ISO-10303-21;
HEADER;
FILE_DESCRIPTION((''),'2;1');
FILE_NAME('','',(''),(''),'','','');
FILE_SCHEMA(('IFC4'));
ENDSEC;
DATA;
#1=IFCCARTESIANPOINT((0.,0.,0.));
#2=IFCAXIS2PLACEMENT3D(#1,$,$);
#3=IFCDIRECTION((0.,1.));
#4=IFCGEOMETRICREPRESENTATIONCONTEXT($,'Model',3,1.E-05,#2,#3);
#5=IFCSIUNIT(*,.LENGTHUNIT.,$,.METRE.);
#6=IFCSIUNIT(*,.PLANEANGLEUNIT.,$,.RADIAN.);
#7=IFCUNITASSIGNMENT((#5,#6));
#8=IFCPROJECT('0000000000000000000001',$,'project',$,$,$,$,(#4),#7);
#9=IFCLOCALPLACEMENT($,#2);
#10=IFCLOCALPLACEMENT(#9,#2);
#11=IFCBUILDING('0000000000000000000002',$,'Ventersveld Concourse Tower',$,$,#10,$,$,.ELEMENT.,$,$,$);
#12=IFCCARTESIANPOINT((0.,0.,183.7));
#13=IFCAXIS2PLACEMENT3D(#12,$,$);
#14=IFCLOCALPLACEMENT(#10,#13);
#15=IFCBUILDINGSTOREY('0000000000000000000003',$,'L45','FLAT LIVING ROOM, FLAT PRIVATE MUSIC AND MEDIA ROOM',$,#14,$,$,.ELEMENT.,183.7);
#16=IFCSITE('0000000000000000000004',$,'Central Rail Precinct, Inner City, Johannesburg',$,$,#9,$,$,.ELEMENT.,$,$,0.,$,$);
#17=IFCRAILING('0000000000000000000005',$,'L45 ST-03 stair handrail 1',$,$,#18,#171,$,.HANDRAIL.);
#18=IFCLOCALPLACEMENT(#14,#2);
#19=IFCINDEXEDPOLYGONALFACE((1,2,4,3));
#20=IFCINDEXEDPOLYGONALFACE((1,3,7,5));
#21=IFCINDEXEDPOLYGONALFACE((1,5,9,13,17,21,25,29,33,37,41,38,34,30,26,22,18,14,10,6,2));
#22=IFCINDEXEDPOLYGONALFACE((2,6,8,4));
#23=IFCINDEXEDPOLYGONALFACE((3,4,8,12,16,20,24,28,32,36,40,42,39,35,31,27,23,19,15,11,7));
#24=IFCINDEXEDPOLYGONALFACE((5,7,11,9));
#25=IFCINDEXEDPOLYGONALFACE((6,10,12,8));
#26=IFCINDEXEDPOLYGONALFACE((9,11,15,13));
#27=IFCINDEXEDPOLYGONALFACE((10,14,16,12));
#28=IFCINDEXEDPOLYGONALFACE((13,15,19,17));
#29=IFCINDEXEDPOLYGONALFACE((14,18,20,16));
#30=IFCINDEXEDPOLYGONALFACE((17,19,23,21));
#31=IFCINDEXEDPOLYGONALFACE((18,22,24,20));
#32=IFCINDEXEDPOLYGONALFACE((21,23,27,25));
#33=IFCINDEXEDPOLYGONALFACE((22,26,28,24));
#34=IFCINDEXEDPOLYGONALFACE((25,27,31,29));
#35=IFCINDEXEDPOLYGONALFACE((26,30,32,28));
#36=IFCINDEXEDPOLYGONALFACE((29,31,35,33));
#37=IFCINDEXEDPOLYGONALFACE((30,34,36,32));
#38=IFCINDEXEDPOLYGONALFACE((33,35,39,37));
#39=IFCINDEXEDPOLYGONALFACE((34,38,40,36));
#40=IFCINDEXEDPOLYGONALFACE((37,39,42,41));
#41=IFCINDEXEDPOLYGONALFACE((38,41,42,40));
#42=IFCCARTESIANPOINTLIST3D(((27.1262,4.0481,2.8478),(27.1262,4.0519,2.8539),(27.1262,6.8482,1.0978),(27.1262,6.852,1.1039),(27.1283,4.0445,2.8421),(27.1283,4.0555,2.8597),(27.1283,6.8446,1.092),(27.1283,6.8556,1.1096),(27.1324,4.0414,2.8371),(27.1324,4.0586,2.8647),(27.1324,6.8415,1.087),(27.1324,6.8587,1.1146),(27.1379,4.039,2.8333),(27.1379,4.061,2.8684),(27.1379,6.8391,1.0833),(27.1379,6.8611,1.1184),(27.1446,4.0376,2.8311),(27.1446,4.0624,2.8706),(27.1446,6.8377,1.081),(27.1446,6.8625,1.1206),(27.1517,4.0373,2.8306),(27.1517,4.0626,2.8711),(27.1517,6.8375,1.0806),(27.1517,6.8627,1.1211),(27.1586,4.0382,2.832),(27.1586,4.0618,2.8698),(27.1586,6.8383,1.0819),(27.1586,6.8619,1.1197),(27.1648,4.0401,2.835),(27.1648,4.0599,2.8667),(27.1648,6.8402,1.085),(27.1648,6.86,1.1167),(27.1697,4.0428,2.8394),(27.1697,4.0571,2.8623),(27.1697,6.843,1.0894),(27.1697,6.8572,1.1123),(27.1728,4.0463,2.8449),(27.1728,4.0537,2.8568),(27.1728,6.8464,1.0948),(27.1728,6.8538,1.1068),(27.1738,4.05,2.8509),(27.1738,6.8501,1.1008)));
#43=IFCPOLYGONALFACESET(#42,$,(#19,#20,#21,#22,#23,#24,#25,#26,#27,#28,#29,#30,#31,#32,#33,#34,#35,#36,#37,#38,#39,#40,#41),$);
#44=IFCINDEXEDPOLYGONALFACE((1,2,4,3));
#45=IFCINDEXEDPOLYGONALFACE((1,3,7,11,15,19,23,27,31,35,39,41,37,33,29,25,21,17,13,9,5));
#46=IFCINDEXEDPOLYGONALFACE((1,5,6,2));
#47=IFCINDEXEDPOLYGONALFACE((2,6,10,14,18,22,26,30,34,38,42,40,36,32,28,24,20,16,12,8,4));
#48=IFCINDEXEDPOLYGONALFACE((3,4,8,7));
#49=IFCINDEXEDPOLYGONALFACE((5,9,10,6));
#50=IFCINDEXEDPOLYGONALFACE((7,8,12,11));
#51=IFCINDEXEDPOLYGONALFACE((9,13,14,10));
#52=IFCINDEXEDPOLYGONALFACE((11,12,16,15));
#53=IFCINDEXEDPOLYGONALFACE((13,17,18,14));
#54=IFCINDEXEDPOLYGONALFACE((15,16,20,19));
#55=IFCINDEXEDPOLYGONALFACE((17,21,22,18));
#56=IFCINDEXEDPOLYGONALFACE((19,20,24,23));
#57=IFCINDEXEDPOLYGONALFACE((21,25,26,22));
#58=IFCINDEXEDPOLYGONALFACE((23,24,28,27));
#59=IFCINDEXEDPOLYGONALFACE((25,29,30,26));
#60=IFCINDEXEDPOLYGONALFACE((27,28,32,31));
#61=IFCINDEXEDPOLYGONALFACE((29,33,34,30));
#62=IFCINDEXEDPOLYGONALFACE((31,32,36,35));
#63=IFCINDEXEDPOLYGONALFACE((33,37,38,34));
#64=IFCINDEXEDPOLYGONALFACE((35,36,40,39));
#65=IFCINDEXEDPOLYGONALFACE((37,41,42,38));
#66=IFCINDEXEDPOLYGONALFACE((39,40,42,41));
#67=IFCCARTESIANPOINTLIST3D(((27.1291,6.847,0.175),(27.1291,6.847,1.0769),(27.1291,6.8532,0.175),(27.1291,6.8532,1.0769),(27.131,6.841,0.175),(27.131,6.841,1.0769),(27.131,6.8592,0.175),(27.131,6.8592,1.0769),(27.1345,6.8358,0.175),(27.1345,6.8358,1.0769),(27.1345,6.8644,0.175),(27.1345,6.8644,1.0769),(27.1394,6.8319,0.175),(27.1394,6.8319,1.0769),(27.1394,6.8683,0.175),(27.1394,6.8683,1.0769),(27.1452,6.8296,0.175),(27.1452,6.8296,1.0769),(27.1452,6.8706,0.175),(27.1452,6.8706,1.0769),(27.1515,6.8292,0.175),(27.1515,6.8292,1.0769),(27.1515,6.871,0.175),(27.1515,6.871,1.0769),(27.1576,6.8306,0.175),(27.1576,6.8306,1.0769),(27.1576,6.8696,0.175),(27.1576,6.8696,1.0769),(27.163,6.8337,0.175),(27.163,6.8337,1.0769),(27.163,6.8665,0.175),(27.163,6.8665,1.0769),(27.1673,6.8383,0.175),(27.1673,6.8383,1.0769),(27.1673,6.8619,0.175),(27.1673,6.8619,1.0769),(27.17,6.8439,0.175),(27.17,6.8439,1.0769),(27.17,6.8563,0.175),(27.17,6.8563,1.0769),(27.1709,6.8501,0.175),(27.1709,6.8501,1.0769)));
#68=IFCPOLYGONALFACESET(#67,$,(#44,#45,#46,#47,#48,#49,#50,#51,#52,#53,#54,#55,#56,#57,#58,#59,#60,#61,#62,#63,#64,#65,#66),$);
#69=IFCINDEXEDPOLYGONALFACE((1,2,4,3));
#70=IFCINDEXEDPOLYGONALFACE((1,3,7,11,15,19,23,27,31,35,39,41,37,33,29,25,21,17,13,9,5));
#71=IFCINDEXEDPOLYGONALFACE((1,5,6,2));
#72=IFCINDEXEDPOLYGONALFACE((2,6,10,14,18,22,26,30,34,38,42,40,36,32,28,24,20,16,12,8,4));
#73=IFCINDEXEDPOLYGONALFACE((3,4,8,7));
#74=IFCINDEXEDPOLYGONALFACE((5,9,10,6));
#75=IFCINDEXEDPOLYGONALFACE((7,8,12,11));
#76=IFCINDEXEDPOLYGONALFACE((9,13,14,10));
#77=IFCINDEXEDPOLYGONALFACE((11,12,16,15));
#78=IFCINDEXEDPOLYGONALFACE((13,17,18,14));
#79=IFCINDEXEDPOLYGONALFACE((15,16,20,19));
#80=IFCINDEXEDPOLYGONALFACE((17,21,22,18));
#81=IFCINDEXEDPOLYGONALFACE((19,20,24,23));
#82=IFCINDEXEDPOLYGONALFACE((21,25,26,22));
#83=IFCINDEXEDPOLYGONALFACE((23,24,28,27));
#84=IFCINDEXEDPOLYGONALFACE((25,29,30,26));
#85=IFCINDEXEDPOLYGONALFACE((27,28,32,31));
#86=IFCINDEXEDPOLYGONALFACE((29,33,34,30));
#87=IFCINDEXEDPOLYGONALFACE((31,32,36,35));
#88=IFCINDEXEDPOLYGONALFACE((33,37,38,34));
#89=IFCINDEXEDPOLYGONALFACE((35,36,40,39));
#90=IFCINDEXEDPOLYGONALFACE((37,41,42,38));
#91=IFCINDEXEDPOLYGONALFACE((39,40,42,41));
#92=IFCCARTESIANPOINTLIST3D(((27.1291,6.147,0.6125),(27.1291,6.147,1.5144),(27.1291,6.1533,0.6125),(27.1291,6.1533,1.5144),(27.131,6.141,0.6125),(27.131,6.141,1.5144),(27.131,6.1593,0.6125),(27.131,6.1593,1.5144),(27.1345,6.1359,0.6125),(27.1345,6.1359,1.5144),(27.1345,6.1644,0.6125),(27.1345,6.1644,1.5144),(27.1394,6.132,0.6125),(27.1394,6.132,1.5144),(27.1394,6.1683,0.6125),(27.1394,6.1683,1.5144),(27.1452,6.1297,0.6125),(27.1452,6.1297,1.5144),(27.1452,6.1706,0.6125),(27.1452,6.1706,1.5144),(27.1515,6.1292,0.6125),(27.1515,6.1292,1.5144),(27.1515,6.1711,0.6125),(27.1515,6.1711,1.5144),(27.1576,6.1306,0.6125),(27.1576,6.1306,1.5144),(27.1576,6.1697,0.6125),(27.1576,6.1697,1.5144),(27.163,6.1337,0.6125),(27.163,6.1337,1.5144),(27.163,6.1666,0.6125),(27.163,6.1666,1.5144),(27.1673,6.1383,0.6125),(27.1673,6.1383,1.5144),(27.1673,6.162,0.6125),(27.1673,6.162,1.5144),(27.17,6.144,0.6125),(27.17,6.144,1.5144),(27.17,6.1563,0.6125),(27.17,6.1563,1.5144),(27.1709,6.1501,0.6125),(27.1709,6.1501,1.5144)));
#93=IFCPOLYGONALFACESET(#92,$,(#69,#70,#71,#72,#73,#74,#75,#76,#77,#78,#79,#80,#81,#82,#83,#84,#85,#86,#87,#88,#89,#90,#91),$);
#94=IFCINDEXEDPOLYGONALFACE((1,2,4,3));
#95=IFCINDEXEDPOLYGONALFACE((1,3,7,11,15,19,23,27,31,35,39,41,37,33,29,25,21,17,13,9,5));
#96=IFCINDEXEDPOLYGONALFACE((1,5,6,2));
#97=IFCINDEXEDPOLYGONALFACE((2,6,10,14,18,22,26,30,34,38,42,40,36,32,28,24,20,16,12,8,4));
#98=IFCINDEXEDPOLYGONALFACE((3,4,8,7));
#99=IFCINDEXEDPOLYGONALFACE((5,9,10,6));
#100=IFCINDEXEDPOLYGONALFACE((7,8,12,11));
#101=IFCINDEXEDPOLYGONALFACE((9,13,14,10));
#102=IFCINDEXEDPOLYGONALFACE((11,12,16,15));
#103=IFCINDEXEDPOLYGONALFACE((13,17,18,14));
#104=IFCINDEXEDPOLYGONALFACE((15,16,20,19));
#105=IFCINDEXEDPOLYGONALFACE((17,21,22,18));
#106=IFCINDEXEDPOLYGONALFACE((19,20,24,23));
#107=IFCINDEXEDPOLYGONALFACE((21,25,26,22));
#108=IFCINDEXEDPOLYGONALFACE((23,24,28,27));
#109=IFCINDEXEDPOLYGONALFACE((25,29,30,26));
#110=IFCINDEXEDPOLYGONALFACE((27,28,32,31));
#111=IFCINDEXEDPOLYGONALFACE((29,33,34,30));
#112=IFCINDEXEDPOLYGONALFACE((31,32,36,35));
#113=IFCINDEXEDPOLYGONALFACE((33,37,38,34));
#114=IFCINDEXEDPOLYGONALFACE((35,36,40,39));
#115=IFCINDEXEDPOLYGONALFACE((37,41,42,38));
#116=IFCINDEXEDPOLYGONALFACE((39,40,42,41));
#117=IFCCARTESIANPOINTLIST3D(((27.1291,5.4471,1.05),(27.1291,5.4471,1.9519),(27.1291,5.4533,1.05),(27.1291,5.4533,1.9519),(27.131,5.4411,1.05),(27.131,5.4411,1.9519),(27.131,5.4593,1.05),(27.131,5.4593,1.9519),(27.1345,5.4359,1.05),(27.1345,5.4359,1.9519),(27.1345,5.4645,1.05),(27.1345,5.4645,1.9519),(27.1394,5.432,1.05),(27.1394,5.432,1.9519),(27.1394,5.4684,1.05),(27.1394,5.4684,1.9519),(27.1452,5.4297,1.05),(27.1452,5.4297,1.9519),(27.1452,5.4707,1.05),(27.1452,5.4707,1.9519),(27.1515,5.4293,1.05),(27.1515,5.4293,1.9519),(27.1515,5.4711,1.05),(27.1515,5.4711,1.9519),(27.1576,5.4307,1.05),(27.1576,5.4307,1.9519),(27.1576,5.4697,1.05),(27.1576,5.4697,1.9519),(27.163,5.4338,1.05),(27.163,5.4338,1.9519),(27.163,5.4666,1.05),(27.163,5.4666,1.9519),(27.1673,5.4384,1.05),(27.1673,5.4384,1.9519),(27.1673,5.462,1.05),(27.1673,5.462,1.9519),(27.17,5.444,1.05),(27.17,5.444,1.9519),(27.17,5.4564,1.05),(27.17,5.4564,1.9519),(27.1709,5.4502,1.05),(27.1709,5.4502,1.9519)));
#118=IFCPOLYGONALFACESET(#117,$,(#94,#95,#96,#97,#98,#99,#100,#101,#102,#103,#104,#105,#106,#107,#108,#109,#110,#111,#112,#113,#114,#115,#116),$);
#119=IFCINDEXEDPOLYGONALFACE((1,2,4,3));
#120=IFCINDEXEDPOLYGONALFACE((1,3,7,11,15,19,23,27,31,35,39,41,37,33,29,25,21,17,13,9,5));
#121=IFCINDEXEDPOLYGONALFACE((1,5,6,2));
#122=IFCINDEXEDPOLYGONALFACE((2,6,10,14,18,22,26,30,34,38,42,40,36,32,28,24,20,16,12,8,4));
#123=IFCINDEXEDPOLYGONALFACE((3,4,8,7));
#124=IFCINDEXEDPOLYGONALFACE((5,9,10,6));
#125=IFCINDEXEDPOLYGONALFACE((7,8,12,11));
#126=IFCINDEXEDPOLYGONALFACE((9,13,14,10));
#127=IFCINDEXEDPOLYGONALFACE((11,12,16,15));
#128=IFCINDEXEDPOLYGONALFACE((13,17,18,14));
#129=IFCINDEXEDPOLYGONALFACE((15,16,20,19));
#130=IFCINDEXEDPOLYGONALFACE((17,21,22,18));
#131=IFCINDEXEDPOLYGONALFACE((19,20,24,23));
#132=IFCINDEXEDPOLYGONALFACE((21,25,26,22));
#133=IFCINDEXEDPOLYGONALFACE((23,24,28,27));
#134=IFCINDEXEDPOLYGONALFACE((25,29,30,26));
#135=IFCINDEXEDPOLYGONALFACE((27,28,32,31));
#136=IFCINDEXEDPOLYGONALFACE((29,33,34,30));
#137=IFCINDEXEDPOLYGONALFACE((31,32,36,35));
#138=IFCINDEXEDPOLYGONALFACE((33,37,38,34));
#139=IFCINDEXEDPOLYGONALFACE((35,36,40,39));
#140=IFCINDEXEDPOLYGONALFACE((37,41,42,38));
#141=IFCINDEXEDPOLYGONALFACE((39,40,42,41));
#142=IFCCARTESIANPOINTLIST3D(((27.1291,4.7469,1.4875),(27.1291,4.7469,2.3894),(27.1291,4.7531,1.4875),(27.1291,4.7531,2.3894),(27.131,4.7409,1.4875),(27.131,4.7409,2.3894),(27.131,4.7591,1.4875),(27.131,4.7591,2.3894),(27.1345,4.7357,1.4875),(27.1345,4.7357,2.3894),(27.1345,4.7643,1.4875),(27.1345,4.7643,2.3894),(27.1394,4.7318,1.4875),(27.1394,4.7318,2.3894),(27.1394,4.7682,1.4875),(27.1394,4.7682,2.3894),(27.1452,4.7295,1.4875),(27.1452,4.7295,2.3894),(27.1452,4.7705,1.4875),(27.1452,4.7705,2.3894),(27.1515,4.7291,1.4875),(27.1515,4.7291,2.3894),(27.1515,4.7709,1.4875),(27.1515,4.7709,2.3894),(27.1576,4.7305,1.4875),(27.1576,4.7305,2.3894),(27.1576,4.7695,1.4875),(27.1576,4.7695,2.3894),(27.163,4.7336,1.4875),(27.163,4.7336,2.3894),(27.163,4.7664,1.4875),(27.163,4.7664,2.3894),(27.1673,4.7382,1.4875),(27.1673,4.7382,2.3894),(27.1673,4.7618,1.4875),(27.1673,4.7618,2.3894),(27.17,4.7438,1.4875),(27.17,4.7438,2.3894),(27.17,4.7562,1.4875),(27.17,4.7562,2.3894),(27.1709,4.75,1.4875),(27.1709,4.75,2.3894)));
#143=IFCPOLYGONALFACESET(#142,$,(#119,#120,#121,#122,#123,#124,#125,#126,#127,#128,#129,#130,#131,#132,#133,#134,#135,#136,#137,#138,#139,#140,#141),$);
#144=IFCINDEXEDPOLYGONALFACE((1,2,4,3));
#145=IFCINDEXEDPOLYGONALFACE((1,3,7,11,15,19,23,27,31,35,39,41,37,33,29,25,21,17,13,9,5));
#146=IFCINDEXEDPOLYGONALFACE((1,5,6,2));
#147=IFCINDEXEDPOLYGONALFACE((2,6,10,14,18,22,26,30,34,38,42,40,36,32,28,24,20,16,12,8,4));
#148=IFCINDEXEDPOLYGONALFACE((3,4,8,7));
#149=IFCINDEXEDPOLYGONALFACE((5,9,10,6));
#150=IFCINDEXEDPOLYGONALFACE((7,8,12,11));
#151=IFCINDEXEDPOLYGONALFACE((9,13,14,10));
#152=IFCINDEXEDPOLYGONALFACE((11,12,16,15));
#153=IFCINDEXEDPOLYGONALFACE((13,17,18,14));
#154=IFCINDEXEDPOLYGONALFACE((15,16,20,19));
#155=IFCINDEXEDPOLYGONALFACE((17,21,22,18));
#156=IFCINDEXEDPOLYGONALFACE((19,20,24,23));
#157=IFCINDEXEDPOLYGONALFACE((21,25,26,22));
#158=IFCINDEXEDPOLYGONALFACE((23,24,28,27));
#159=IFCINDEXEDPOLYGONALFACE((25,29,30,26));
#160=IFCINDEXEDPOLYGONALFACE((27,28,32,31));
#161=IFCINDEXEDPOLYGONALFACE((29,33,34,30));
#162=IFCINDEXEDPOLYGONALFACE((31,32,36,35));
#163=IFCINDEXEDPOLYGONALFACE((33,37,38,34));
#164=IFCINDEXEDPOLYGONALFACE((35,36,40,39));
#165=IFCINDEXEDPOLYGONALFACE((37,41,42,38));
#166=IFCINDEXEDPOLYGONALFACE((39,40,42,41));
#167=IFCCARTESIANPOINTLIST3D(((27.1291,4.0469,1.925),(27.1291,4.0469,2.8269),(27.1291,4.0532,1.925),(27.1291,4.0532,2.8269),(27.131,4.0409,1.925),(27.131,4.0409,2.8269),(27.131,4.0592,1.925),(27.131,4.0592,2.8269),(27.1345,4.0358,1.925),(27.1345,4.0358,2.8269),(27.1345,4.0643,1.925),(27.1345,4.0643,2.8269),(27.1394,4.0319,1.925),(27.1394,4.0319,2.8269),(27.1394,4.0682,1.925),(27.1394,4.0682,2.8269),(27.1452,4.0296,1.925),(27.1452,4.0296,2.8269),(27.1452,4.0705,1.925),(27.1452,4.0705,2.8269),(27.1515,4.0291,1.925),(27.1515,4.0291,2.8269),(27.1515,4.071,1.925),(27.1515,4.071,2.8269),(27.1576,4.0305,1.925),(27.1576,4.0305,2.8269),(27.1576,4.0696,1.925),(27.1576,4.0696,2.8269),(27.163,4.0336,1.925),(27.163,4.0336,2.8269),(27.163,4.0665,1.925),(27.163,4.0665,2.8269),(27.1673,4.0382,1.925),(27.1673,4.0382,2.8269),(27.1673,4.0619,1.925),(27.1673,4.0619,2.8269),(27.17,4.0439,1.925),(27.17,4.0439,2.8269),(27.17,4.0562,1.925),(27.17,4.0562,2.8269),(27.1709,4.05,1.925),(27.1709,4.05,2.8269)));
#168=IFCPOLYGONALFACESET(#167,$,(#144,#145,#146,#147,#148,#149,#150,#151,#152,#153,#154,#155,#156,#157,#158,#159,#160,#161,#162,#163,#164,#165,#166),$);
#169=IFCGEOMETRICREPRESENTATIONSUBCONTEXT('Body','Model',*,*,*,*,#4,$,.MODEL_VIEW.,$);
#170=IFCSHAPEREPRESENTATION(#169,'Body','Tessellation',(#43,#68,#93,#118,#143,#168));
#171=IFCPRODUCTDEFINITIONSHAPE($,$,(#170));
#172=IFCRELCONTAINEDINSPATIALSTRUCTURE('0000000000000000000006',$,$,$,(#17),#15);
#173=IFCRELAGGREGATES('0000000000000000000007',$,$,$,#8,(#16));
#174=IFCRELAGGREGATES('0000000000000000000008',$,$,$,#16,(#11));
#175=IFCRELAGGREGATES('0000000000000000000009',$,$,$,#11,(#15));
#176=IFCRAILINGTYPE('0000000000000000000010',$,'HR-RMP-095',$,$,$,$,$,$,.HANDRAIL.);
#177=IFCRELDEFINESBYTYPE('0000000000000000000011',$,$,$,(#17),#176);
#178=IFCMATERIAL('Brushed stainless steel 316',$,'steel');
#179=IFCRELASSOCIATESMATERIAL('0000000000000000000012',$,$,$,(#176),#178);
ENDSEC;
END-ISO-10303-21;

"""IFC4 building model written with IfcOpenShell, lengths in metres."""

from ifc_helpers import new_model, si_unit, direction, frame, origin, origin_2d, place, context, subcontext, project, spatial, circle, extrude, material, type_object, element, save


model = new_model("IFC4")

# Units and contexts
model_context = context("Model", 3, precision=1e-05, world=origin(), true_north=direction((0.0, 1.0)))
body_context = subcontext(model_context, "Body", "Model", "MODEL_VIEW")
ifc_project = project(units=[si_unit("LENGTHUNIT", "METRE"), si_unit("PLANEANGLEUNIT", "RADIAN")], contexts=[model_context])

# Site, building, storey
site_placement = place(None, origin())
site = spatial("IfcSite", under=ifc_project, at=site_placement, Name="Central Rail Precinct, Inner City, Johannesburg", CompositionType="ELEMENT", RefElevation=0.0)
building_placement = place(site_placement, origin())
building = spatial("IfcBuilding", under=site, at=building_placement, Name="Ventersveld Concourse Tower", CompositionType="ELEMENT")
storey_placement = place(building_placement, frame((0.0, 0.0, 183.7)))
storey = spatial("IfcBuildingStorey", under=building, at=storey_placement, Name="L45", Description="FLAT LIVING ROOM, FLAT PRIVATE MUSIC AND MEDIA ROOM", CompositionType="ELEMENT", Elevation=183.7)

# Shared definitions
ifc_material_1 = material(Name="Brushed stainless steel 316", Category="steel")

# Railing
railing_type_1 = type_object("IfcRailingType", Name="HR-RMP-095", PredefinedType="HANDRAIL", material=ifc_material_1)
railing_1_placement = place(storey_placement, frame((27.1499, 6.8501, 0.175)))
element("IfcRailing", 1, at=railing_1_placement, inside=storey, type_object=railing_type_1, Name="L45 ST-03 stair handrail 1", PredefinedType="HANDRAIL", context=body_context, shape_type="SweptSolid", body=[
    extrude(circle(Radius=0.0239, at=origin_2d()), frame((0.0, 0.0, 0.9258), z_axis=(0.0, -0.848002, 0.529992), x_axis=(1.0, 0.0, 0.0)), (0.0, 0.0, 1.0), 3.302),
    extrude(circle(Radius=0.021, at=origin_2d()), origin(), (0.0, 0.0, 1.0), 0.9019),
    extrude(circle(Radius=0.021, at=origin_2d()), frame((0.0, -0.7, 0.4375)), (0.0, 0.0, 1.0), 0.9019),
    extrude(circle(Radius=0.021, at=origin_2d()), frame((0.0, -1.3999, 0.875)), (0.0, 0.0, 1.0), 0.9019),
    extrude(circle(Radius=0.021, at=origin_2d()), frame((0.0, -2.1001, 1.3125)), (0.0, 0.0, 1.0), 0.9019),
    extrude(circle(Radius=0.021, at=origin_2d()), frame((0.0, -2.8, 1.75)), (0.0, 0.0, 1.0), 0.9019),
])

save(model, "model.ifc")
